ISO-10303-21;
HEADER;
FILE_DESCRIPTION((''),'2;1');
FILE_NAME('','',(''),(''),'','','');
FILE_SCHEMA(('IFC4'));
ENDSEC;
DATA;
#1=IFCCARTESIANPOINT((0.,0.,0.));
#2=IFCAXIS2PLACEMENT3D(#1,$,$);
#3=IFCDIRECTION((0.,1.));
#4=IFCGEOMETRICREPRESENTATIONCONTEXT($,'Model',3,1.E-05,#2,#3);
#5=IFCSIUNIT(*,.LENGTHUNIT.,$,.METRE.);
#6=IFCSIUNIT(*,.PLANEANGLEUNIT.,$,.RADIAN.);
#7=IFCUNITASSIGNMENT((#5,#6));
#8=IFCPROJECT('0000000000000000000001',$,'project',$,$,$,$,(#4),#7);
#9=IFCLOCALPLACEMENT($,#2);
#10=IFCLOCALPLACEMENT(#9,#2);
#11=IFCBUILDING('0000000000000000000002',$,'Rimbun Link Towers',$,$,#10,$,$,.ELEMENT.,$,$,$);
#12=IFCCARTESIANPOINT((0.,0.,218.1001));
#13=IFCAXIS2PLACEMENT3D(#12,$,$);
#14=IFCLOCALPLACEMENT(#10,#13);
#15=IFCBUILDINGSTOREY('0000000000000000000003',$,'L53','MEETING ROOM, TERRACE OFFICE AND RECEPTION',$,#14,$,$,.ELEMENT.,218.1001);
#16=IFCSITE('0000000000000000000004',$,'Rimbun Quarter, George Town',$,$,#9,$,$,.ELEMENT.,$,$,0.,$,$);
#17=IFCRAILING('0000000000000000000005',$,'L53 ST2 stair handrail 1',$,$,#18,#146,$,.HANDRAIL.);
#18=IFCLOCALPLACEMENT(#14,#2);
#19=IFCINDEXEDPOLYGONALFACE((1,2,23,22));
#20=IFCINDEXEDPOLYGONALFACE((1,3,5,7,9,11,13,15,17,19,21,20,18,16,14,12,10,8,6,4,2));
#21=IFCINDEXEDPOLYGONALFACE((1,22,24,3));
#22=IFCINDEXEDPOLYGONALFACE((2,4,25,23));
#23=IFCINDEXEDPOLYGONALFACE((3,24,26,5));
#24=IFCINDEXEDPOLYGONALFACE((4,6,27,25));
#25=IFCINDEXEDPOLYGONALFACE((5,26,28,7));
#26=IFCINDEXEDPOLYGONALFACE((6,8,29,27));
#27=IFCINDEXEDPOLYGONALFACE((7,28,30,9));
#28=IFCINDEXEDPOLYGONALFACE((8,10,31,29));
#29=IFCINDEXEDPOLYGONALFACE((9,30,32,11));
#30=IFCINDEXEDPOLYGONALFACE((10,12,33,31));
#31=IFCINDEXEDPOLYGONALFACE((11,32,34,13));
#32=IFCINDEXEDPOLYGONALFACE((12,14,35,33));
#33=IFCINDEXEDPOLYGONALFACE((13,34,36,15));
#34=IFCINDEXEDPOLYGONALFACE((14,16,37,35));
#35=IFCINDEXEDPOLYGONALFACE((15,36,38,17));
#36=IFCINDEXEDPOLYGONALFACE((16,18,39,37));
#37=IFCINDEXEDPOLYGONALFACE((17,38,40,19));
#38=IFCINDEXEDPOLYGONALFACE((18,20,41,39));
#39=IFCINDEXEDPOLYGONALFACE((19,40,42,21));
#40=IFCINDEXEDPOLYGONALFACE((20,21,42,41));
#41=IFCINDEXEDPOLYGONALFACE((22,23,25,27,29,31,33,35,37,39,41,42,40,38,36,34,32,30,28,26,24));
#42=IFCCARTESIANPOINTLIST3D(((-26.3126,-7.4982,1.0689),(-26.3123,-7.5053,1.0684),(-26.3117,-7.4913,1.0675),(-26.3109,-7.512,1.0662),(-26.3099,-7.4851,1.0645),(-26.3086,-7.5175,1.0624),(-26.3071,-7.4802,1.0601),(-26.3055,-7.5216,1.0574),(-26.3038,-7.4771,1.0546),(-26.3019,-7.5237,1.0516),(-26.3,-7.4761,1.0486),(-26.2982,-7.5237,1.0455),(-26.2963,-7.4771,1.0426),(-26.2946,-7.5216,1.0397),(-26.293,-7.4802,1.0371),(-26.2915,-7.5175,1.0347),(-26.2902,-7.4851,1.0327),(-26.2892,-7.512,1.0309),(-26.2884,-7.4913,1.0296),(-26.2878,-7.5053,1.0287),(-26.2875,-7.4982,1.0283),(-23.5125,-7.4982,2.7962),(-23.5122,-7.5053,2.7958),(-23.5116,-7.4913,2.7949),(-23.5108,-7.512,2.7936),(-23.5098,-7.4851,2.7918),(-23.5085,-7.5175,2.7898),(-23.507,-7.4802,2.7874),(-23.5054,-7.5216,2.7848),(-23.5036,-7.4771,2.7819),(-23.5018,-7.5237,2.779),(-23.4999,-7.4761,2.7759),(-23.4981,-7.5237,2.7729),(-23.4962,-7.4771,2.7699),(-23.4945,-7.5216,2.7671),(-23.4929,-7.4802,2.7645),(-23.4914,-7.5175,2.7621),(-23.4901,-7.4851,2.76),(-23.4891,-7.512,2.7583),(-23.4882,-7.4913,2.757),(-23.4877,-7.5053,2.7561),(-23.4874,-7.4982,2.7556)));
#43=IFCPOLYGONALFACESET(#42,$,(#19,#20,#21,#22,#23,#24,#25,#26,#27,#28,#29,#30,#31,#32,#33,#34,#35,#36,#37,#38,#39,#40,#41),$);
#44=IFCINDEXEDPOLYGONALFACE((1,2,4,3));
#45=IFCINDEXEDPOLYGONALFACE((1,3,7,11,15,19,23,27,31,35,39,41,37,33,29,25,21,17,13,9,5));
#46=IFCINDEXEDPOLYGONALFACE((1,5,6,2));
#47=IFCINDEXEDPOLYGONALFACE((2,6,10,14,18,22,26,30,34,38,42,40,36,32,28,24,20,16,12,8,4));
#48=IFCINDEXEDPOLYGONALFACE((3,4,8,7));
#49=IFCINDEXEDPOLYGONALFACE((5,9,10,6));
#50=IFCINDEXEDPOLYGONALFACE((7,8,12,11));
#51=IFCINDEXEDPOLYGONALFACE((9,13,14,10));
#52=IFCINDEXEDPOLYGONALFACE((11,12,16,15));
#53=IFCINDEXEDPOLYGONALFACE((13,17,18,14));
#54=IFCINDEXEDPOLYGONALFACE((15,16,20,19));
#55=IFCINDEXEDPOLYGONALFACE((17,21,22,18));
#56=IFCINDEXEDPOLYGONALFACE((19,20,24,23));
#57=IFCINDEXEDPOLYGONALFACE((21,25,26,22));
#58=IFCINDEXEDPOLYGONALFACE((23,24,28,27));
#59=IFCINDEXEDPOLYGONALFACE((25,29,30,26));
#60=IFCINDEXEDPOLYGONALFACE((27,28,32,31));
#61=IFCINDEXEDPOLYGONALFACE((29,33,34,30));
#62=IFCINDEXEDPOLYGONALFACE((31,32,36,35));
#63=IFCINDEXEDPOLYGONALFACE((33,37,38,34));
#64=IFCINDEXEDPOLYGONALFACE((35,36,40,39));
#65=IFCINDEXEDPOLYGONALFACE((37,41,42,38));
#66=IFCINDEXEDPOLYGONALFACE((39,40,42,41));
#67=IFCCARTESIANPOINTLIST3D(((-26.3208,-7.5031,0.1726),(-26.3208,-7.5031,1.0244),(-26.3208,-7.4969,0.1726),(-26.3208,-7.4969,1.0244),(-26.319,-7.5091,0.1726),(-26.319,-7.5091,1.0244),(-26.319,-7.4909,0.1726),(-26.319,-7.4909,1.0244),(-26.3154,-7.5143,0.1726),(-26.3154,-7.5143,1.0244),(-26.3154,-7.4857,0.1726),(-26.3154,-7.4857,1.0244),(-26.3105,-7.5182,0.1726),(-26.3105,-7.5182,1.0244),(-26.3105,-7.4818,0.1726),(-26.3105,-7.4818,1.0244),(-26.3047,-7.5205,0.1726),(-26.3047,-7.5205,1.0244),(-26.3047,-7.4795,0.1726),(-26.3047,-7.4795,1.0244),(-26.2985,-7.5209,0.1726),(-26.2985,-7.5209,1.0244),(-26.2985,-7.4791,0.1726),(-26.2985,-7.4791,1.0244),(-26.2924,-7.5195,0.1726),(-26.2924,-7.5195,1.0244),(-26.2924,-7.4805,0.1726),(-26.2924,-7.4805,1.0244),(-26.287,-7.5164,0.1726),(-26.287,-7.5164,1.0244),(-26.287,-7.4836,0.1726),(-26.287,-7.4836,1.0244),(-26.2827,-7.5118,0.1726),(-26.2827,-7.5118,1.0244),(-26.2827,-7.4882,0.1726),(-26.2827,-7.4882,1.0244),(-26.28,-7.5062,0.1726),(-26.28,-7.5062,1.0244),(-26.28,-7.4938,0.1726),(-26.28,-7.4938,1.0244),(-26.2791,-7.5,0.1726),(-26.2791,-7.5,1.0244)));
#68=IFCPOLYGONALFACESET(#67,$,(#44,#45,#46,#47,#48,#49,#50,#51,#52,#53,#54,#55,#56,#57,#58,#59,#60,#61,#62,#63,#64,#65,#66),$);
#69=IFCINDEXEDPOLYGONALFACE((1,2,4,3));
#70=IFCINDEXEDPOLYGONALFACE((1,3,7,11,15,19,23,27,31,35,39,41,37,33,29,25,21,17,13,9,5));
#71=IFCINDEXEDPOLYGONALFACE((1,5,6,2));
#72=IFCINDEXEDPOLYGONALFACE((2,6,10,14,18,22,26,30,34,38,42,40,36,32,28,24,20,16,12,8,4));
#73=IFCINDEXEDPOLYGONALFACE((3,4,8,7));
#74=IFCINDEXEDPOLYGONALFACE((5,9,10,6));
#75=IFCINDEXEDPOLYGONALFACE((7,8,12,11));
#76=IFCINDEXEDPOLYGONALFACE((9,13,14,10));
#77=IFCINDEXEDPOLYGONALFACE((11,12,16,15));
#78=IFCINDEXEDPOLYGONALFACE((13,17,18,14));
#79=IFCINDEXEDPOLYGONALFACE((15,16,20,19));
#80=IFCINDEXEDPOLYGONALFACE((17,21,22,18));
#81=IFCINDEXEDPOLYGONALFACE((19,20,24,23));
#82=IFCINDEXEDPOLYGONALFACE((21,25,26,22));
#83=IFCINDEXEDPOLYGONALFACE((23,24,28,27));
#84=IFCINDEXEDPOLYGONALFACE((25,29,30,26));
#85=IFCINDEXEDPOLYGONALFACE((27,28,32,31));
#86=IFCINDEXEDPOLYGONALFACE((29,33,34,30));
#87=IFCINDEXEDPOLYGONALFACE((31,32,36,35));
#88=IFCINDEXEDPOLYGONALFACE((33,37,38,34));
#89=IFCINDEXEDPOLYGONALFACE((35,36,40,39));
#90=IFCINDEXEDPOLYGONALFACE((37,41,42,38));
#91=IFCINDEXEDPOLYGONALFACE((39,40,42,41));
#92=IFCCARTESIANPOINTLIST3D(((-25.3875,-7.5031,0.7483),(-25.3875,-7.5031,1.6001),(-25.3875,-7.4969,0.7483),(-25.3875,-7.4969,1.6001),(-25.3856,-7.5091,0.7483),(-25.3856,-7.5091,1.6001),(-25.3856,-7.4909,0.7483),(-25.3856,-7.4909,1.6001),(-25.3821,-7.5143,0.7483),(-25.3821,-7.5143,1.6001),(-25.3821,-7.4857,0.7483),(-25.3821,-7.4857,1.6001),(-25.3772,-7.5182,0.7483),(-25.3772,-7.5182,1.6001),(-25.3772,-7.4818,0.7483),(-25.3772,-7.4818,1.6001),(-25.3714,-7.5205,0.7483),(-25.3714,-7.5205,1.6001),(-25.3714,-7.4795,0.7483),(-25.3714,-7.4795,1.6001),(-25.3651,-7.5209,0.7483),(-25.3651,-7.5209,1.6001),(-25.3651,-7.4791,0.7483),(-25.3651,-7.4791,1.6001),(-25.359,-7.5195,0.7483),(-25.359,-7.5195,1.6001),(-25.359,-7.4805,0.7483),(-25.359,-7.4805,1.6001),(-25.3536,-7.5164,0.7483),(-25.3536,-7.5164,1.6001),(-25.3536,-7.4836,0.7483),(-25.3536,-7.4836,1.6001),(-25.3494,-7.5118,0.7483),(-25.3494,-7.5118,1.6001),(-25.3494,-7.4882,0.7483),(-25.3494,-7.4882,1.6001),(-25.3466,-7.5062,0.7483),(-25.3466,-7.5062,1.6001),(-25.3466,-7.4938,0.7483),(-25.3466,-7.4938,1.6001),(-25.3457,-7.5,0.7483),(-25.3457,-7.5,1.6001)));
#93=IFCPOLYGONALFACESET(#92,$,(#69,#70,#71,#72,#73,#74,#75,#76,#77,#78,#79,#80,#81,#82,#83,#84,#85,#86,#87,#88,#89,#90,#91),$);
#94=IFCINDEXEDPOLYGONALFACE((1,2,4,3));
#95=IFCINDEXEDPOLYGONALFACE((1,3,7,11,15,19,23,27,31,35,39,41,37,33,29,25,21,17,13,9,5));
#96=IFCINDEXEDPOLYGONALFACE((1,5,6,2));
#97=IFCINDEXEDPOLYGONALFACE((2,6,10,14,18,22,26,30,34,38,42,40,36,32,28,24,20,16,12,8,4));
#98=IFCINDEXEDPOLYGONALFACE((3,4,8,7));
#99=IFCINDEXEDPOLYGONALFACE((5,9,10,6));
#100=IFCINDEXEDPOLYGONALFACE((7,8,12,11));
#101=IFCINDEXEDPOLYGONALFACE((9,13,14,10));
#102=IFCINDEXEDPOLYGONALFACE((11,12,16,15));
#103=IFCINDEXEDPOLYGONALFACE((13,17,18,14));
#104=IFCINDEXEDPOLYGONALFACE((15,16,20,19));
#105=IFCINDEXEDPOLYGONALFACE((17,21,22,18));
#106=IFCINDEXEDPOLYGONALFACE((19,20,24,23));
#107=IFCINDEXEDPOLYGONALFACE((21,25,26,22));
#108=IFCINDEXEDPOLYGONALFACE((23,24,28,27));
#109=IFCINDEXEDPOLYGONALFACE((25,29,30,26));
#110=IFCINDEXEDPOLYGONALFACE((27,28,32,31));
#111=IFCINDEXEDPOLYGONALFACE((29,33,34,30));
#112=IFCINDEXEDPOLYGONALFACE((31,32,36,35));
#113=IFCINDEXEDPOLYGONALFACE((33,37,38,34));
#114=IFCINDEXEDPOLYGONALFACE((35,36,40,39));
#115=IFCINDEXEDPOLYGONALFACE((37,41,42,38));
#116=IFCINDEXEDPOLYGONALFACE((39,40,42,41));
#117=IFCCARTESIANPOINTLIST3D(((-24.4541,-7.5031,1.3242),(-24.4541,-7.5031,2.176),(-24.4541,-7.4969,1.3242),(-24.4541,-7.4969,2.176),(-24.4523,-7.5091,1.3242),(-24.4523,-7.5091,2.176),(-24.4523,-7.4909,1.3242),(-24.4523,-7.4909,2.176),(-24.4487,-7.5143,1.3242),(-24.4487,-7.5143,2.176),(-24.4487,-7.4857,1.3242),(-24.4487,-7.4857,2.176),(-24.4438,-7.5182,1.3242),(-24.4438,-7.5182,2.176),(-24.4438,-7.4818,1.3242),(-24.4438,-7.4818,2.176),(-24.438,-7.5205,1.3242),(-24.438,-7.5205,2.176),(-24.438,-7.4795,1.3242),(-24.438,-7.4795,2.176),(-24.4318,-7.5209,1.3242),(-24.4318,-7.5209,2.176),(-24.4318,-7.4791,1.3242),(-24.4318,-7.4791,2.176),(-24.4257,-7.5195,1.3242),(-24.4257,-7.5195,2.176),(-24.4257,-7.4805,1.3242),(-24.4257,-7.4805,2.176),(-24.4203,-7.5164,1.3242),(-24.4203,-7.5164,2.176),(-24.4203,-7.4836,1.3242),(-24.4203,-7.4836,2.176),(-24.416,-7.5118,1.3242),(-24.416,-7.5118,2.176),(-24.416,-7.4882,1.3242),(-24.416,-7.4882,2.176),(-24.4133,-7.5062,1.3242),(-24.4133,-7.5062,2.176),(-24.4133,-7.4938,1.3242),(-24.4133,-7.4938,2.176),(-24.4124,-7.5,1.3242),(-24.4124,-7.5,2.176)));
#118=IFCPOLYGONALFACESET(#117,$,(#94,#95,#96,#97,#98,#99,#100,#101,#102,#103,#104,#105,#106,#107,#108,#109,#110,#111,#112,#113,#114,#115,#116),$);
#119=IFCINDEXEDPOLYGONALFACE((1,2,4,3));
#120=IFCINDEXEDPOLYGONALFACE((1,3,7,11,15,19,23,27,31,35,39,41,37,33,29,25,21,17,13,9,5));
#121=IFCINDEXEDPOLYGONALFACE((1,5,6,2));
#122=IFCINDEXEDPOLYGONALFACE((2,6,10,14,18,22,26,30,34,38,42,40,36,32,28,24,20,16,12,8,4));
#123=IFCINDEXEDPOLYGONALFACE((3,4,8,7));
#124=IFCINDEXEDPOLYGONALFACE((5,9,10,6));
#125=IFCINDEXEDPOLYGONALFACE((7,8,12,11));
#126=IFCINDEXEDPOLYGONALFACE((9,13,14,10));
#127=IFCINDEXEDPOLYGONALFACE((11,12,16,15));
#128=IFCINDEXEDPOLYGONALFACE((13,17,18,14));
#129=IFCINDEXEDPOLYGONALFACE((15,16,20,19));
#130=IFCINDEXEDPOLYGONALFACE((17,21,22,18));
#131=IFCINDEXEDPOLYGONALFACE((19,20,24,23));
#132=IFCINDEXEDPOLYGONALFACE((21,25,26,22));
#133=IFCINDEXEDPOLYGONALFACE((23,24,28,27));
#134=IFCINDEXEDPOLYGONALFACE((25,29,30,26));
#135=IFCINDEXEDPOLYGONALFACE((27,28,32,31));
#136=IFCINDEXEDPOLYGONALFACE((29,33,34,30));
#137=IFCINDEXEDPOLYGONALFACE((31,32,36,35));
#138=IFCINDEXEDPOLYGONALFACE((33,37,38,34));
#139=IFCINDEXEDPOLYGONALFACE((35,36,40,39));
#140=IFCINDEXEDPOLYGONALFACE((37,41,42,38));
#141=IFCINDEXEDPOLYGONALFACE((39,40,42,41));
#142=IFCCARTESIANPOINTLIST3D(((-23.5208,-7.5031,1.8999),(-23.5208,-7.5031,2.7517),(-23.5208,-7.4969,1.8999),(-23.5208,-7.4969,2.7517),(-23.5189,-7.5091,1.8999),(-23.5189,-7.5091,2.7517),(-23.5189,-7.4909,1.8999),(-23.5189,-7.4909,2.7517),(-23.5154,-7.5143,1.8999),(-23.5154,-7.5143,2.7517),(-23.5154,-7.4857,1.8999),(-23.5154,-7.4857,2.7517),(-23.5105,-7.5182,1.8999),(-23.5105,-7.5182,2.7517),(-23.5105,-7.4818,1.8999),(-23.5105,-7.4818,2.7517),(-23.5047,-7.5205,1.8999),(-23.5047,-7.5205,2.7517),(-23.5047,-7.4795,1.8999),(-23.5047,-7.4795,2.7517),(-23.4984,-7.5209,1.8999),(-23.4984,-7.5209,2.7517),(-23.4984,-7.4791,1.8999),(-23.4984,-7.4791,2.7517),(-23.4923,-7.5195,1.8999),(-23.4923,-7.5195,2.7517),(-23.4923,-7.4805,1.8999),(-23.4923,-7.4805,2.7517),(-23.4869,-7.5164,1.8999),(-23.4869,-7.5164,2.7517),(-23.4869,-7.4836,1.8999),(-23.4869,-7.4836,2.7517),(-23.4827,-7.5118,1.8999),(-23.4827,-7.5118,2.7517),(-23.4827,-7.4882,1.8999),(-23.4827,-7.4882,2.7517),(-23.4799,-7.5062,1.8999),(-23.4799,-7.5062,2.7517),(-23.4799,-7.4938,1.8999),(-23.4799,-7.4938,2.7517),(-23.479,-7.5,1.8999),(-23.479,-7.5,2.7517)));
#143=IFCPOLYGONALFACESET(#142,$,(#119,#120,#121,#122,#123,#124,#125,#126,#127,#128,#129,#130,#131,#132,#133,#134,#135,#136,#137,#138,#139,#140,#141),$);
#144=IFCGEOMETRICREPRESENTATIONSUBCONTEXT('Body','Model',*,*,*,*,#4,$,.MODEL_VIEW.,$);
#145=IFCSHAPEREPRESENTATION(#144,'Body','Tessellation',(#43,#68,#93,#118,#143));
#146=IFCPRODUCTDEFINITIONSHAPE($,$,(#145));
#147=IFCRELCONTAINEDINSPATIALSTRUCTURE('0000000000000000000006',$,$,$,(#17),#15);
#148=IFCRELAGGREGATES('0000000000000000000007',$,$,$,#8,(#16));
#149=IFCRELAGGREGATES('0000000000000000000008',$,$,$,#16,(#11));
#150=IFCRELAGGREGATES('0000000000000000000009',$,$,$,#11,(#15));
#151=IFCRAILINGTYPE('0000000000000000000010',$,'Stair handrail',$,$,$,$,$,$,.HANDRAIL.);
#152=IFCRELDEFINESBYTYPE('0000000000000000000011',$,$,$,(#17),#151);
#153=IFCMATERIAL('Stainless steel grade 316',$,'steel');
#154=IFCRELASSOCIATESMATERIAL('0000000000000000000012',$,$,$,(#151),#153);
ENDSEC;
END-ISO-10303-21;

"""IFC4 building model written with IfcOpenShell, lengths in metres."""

from ifc_helpers import new_model, si_unit, direction, frame, origin, origin_2d, place, context, subcontext, project, spatial, circle, extrude, material, type_object, element, save


model = new_model("IFC4")

# Units and contexts
model_context = context("Model", 3, precision=1e-05, world=origin(), true_north=direction((0.0, 1.0)))
body_context = subcontext(model_context, "Body", "Model", "MODEL_VIEW")
ifc_project = project(units=[si_unit("LENGTHUNIT", "METRE"), si_unit("PLANEANGLEUNIT", "RADIAN")], contexts=[model_context])

# Site, building, storey
site_placement = place(None, origin())
site = spatial("IfcSite", under=ifc_project, at=site_placement, Name="Rimbun Quarter, George Town", CompositionType="ELEMENT", RefElevation=0.0)
building_placement = place(site_placement, origin())
building = spatial("IfcBuilding", under=site, at=building_placement, Name="Rimbun Link Towers", CompositionType="ELEMENT")
storey_placement = place(building_placement, frame((0.0, 0.0, 218.1001)))
storey = spatial("IfcBuildingStorey", under=building, at=storey_placement, Name="L53", Description="MEETING ROOM, TERRACE OFFICE AND RECEPTION", CompositionType="ELEMENT", Elevation=218.1001)

# Railing
ifc_material_1 = material(Name="Stainless steel grade 316", Category="steel")
railing_type_1 = type_object("IfcRailingType", Name="Stair handrail", PredefinedType="HANDRAIL", material=ifc_material_1)
railing_1_placement = place(storey_placement, frame((-26.3, -7.5, 0.1726)))
element("IfcRailing", 1, at=railing_1_placement, inside=storey, type_object=railing_type_1, Name="L53 ST2 stair handrail 1", PredefinedType="HANDRAIL", context=body_context, shape_type="SweptSolid", body=[
    extrude(circle(Radius=0.0239, at=origin_2d()), frame((0.0, 0.0, 0.876), z_axis=(0.85109, 0.0, 0.52502), x_axis=(0.0, 1.0, 0.0)), (0.0, 0.0, 1.0), 3.29),
    extrude(circle(Radius=0.021, at=origin_2d()), origin(), (0.0, 0.0, 1.0), 0.8518),
    extrude(circle(Radius=0.021, at=origin_2d()), frame((0.9333, 0.0, 0.5757)), (0.0, 0.0, 1.0), 0.8518),
    extrude(circle(Radius=0.021, at=origin_2d()), frame((1.8667, 0.0, 1.1516)), (0.0, 0.0, 1.0), 0.8518),
    extrude(circle(Radius=0.021, at=origin_2d()), frame((2.8, 0.0, 1.7273)), (0.0, 0.0, 1.0), 0.8518),
])

save(model, "model.ifc")
